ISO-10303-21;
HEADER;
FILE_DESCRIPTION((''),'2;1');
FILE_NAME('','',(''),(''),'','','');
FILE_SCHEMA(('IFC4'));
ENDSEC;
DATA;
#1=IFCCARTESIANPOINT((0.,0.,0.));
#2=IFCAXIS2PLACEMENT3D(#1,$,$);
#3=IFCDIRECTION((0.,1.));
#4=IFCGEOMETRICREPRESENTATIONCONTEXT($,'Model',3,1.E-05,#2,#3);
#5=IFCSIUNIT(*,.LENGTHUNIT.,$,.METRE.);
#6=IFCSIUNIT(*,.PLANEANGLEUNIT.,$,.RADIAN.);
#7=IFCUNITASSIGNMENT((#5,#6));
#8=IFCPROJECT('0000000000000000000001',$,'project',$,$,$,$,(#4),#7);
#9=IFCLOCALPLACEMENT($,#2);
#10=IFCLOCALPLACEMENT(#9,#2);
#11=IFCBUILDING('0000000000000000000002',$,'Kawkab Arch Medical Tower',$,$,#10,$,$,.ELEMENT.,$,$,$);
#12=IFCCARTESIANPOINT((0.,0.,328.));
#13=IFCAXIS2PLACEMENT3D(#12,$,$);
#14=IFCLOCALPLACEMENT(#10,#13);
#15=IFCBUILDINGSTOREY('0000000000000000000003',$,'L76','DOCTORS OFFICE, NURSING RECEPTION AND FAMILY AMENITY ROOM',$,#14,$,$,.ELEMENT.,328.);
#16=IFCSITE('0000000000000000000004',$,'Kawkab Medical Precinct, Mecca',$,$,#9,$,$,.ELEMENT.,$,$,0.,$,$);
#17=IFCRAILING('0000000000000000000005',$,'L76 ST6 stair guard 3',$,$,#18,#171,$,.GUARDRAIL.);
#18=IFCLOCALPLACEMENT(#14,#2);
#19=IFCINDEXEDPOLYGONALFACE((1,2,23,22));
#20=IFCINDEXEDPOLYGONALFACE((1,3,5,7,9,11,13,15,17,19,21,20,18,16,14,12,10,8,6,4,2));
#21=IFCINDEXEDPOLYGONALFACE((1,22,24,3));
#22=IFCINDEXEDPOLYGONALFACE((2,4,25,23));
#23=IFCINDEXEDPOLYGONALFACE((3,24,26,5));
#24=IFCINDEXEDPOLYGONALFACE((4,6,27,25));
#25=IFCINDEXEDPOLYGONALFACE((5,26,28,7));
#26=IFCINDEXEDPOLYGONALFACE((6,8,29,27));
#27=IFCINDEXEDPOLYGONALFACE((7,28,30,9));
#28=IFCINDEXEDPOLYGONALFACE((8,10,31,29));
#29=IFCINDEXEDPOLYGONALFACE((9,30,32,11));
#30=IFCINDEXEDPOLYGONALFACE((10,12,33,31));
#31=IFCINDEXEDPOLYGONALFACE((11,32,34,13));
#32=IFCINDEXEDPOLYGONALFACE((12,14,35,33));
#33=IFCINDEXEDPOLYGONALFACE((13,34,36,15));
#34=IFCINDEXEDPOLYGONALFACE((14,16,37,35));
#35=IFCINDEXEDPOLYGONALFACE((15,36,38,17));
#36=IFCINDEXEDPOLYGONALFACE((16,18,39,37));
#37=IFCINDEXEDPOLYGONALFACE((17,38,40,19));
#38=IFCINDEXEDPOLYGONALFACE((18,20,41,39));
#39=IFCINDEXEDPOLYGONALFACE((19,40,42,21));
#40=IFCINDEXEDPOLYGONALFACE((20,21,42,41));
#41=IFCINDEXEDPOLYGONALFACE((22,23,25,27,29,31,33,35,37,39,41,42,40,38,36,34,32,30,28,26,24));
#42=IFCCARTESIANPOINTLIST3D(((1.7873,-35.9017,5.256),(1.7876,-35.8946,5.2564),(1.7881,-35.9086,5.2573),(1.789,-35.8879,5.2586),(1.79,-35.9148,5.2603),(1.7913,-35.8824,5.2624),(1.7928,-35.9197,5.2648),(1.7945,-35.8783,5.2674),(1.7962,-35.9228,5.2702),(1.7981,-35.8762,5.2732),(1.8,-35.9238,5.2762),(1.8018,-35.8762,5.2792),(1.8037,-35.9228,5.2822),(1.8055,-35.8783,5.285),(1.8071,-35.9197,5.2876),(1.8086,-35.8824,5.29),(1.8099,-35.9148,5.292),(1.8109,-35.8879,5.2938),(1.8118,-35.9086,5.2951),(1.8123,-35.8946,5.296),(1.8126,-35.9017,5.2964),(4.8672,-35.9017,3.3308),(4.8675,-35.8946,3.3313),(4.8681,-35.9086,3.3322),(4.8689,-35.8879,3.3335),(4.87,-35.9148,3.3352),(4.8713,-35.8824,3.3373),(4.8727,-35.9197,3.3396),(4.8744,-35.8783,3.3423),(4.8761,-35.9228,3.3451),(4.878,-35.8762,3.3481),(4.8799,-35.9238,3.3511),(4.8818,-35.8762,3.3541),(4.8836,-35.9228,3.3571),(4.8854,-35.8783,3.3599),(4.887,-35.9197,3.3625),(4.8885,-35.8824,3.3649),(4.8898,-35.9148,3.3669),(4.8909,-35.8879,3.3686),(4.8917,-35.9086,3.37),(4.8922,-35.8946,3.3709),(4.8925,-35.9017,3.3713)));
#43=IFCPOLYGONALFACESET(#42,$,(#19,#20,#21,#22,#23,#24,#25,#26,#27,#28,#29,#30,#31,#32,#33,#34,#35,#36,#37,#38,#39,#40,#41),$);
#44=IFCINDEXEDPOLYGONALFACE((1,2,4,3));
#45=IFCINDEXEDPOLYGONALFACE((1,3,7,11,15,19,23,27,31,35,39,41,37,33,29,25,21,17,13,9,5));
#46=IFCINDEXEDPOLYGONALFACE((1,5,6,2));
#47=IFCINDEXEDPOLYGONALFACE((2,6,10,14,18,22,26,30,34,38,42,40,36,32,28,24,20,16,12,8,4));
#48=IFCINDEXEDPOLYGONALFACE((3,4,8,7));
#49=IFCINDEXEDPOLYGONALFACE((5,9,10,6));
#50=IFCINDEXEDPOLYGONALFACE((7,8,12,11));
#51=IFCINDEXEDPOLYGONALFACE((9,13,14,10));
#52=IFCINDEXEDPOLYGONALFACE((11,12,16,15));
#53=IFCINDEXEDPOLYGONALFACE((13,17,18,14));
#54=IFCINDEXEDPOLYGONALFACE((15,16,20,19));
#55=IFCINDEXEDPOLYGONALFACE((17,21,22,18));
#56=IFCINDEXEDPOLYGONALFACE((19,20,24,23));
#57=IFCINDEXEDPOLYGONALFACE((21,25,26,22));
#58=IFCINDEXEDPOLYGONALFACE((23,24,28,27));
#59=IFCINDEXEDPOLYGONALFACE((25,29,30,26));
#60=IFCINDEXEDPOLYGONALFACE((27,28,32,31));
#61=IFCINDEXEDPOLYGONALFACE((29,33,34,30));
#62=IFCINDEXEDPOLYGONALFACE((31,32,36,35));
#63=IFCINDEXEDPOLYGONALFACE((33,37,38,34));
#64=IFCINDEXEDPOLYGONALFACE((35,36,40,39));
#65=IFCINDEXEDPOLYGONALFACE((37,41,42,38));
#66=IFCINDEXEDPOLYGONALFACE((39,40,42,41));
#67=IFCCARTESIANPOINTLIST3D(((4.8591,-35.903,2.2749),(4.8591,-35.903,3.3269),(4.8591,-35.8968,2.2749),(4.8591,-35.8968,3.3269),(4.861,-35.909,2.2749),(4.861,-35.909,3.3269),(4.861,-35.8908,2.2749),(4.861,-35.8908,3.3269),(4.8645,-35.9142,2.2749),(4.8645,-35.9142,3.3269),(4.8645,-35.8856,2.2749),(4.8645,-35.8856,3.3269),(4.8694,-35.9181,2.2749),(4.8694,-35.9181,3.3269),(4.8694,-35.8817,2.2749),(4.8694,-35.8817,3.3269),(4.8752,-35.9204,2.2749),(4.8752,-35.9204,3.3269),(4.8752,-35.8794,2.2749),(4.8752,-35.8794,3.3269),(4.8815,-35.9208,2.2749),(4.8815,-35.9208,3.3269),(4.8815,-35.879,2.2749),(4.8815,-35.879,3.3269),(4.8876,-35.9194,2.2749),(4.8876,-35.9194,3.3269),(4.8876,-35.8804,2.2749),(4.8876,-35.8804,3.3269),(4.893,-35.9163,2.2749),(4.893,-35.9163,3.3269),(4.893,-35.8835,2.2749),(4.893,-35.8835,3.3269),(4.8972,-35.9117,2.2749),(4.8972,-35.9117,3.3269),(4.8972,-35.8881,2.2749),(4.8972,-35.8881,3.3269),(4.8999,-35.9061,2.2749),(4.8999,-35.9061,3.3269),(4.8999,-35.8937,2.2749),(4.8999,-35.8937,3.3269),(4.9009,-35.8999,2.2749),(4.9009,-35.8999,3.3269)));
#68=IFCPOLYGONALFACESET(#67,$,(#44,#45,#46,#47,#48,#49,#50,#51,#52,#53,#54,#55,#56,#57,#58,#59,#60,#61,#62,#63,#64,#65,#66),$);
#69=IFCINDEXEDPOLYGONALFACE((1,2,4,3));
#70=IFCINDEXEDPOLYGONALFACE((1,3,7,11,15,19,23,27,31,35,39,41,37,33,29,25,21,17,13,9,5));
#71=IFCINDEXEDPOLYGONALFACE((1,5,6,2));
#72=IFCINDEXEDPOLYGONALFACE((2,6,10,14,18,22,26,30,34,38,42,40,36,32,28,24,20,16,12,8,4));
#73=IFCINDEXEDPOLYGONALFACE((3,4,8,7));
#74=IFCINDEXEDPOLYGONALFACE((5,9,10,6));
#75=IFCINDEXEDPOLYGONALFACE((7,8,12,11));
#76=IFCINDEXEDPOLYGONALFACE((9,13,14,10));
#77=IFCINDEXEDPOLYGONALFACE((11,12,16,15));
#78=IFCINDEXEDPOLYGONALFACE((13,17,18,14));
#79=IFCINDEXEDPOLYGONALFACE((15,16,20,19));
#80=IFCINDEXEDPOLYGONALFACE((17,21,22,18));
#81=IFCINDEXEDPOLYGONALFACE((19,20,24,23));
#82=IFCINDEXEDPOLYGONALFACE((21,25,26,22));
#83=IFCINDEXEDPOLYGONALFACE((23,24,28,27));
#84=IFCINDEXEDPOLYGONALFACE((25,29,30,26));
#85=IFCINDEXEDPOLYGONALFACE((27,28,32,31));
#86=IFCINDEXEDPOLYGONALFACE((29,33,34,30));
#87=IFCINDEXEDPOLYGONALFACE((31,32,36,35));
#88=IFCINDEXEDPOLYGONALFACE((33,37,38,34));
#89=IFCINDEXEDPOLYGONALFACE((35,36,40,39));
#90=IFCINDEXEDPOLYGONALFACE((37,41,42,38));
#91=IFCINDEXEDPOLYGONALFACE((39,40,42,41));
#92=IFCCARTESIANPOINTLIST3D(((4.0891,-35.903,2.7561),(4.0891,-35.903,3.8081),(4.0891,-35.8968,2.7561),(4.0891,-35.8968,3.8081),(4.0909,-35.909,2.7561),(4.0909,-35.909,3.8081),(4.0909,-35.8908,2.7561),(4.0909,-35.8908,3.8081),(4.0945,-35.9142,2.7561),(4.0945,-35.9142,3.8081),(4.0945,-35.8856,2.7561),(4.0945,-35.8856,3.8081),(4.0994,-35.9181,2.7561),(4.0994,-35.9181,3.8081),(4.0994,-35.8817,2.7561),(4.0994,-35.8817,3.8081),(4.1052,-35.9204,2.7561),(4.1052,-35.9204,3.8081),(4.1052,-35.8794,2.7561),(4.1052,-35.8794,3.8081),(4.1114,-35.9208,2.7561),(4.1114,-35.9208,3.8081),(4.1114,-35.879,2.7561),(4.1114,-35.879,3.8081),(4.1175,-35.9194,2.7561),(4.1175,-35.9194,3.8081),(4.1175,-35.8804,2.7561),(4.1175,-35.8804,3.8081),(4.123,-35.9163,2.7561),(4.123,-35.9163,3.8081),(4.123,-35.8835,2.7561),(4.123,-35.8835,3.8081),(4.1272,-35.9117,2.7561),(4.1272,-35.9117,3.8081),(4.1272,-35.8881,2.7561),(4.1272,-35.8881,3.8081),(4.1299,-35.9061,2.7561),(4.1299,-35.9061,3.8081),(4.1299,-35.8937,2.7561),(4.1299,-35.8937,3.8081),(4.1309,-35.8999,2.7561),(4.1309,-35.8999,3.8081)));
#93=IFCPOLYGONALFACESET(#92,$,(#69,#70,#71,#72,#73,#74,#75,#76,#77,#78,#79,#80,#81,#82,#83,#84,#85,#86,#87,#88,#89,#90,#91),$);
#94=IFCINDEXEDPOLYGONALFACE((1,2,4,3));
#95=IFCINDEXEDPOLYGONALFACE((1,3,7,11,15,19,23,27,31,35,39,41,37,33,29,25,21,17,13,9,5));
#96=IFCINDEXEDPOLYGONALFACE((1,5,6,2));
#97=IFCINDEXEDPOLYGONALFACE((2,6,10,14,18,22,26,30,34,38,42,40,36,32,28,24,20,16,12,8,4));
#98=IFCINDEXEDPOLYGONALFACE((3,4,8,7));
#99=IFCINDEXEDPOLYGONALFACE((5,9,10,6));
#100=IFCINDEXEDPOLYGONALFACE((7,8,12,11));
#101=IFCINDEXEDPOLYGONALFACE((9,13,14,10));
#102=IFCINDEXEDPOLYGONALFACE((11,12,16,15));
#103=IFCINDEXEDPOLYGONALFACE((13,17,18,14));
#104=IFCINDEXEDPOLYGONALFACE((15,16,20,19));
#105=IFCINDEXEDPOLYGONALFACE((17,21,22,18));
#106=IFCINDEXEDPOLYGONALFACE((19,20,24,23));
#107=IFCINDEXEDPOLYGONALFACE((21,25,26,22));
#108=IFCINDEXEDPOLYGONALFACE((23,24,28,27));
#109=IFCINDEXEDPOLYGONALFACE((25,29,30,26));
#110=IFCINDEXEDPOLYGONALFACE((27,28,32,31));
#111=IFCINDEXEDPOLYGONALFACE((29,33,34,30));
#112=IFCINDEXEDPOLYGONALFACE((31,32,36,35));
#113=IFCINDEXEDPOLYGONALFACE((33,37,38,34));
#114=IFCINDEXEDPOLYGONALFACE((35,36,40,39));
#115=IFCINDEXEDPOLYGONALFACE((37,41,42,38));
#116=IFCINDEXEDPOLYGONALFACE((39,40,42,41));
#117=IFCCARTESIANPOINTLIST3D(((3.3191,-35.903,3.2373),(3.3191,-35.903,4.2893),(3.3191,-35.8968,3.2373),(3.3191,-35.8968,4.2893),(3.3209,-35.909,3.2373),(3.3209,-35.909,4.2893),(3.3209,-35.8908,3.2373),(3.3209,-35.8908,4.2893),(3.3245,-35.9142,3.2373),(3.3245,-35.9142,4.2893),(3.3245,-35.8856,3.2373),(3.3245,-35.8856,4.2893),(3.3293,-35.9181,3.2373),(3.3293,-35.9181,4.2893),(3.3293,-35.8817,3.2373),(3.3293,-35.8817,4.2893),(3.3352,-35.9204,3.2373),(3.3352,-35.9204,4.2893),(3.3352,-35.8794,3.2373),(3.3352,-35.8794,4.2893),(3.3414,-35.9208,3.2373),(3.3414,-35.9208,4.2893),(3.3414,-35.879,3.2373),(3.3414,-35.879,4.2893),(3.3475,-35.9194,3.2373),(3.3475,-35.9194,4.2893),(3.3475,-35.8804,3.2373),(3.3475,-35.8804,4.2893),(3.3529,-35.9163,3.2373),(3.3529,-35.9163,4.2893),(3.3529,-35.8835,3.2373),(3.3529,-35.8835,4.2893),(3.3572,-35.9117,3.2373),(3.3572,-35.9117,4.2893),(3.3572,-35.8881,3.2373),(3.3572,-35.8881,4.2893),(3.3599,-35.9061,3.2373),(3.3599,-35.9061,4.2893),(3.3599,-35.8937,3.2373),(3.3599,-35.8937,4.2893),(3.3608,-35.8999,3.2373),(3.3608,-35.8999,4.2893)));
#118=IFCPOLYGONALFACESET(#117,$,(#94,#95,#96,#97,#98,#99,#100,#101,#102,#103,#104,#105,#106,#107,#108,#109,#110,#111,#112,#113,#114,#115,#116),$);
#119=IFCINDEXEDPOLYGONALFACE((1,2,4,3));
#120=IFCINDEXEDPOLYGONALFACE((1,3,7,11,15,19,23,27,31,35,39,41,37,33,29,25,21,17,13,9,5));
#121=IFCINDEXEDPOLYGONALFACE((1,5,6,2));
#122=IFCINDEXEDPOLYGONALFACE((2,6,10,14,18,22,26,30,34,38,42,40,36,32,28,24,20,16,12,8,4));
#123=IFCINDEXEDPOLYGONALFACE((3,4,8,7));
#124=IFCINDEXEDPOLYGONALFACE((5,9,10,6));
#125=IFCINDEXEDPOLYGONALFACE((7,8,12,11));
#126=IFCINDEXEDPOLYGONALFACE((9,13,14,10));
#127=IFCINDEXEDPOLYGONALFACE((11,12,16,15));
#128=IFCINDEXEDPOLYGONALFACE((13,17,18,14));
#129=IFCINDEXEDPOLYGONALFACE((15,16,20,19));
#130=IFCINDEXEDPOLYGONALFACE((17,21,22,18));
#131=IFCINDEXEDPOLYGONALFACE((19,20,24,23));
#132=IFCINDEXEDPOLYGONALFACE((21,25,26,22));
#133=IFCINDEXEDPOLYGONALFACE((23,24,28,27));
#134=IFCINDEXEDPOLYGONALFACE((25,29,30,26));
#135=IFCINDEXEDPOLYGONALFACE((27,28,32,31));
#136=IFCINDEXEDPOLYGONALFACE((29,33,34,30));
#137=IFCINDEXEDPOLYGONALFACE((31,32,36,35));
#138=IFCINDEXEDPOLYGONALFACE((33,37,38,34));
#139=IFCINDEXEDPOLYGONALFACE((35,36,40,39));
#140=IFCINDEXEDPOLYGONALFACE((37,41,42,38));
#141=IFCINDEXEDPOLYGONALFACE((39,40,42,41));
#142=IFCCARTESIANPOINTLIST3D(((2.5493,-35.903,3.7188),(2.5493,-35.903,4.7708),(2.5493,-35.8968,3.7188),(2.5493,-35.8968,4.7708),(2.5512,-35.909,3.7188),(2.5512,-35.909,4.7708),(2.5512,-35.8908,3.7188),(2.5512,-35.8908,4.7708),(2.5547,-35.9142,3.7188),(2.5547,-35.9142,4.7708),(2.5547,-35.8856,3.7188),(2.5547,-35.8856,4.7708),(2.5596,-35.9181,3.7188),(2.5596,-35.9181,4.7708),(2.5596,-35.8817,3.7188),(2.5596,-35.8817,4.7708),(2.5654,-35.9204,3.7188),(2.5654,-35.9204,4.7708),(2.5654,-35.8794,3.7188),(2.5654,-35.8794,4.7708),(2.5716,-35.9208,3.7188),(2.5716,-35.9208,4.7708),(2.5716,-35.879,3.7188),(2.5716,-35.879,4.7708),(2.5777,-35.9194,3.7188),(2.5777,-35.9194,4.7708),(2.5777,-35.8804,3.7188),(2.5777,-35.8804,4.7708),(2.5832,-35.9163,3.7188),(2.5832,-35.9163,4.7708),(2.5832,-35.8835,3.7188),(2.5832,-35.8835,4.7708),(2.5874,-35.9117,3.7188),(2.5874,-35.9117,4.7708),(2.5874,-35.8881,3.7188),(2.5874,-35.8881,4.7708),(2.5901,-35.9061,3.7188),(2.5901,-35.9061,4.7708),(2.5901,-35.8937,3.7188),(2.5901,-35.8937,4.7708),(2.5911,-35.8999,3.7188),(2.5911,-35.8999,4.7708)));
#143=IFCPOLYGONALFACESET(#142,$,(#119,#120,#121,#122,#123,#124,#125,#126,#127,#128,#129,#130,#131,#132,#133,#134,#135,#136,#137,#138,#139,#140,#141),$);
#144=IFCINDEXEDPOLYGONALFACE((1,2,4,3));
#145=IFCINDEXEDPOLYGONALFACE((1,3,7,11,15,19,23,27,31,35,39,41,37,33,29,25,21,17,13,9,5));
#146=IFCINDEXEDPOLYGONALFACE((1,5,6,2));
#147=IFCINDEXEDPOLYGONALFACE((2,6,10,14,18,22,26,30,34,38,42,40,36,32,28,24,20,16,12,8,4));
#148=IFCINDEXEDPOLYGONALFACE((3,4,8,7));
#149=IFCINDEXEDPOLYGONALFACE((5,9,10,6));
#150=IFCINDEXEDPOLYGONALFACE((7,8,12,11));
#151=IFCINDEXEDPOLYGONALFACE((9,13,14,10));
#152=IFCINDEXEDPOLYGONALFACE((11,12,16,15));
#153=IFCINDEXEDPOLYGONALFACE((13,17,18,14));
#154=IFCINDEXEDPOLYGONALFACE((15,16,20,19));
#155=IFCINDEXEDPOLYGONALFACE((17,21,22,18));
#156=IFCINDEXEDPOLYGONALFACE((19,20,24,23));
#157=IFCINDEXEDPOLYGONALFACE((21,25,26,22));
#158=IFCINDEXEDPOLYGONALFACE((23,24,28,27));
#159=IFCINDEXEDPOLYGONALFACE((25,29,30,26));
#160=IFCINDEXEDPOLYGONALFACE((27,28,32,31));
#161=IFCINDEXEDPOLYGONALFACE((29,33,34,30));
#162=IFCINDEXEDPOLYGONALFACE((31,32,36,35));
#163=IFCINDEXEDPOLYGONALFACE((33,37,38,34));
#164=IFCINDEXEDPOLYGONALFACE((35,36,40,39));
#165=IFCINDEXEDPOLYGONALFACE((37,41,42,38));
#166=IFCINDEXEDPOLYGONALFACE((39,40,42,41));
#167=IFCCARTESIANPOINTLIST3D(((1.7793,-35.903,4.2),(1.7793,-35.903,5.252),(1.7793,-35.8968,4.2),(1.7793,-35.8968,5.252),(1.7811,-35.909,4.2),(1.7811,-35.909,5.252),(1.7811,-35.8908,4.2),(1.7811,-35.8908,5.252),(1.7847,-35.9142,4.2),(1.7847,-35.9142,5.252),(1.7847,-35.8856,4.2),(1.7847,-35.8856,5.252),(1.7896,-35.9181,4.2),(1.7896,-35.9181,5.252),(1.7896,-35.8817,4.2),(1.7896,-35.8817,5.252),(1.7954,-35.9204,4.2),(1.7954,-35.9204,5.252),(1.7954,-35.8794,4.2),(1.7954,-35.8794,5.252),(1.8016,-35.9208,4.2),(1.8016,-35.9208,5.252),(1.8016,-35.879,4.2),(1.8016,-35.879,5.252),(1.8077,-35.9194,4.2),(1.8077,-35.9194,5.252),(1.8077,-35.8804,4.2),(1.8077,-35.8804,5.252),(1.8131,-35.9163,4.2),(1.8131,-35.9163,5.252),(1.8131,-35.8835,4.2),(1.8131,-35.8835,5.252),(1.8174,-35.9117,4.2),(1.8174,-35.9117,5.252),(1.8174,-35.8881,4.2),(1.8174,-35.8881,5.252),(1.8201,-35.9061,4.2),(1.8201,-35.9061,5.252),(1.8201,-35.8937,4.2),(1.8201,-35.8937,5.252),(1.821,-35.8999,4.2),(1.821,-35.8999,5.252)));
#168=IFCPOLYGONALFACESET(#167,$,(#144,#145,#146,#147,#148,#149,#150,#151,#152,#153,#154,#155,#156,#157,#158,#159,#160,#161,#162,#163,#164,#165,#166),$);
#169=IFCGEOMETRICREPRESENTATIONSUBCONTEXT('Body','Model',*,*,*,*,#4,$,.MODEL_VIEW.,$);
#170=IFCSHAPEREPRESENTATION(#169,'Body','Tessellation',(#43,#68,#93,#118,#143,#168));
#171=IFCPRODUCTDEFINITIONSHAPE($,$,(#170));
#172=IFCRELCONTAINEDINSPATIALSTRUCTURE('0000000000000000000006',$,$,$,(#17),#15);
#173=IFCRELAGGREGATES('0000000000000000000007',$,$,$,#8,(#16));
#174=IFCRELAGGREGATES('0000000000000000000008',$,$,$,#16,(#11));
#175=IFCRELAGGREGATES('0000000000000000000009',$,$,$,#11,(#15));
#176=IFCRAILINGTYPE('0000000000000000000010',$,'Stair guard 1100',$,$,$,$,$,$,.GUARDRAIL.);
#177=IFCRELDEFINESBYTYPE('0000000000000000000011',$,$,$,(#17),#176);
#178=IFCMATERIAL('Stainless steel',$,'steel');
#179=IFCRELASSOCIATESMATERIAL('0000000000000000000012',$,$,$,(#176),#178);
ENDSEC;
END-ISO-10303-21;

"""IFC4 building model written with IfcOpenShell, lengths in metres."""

from ifc_helpers import new_model, si_unit, direction, frame, origin, origin_2d, place, context, subcontext, project, spatial, circle, extrude, material, type_object, element, save


model = new_model("IFC4")

# Units and contexts
model_context = context("Model", 3, precision=1e-05, world=origin(), true_north=direction((0.0, 1.0)))
body_context = subcontext(model_context, "Body", "Model", "MODEL_VIEW")
ifc_project = project(units=[si_unit("LENGTHUNIT", "METRE"), si_unit("PLANEANGLEUNIT", "RADIAN")], contexts=[model_context])

# Site, building, storey
site_placement = place(None, origin())
site = spatial("IfcSite", under=ifc_project, at=site_placement, Name="Kawkab Medical Precinct, Mecca", CompositionType="ELEMENT", RefElevation=0.0)
building_placement = place(site_placement, origin())
building = spatial("IfcBuilding", under=site, at=building_placement, Name="Kawkab Arch Medical Tower", CompositionType="ELEMENT")
storey_placement = place(building_placement, frame((0.0, 0.0, 328.0)))
storey = spatial("IfcBuildingStorey", under=building, at=storey_placement, Name="L76", Description="DOCTORS OFFICE, NURSING RECEPTION AND FAMILY AMENITY ROOM", CompositionType="ELEMENT", Elevation=328.0)

# Railing
ifc_material_1 = material(Name="Stainless steel", Category="steel")
railing_type_1 = type_object("IfcRailingType", Name="Stair guard 1100", PredefinedType="GUARDRAIL", material=ifc_material_1)
railing_1_placement = place(storey_placement, frame((4.8799, -35.8999, 2.2749)))
element("IfcRailing", 1, at=railing_1_placement, inside=storey, type_object=railing_type_1, Name="L76 ST6 stair guard 3", PredefinedType="GUARDRAIL", context=body_context, shape_type="SweptSolid", body=[
    extrude(circle(Radius=0.0239, at=origin_2d()), frame((0.0, 0.0, 1.0762), z_axis=(-0.847979, 0.0, 0.530029), x_axis=(0.0, -1.0, 0.0)), (0.0, 0.0, 1.0), 3.6321),
    extrude(circle(Radius=0.021, at=origin_2d()), origin(), (0.0, 0.0, 1.0), 1.052),
    extrude(circle(Radius=0.021, at=origin_2d()), frame((-0.77, 0.0, 0.4812)), (0.0, 0.0, 1.0), 1.052),
    extrude(circle(Radius=0.021, at=origin_2d()), frame((-1.54, 0.0, 0.9624)), (0.0, 0.0, 1.0), 1.052),
    extrude(circle(Radius=0.021, at=origin_2d()), frame((-2.3098, 0.0, 1.4438)), (0.0, 0.0, 1.0), 1.052),
    extrude(circle(Radius=0.021, at=origin_2d()), frame((-3.0798, 0.0, 1.925)), (0.0, 0.0, 1.0), 1.052),
])

save(model, "model.ifc")
